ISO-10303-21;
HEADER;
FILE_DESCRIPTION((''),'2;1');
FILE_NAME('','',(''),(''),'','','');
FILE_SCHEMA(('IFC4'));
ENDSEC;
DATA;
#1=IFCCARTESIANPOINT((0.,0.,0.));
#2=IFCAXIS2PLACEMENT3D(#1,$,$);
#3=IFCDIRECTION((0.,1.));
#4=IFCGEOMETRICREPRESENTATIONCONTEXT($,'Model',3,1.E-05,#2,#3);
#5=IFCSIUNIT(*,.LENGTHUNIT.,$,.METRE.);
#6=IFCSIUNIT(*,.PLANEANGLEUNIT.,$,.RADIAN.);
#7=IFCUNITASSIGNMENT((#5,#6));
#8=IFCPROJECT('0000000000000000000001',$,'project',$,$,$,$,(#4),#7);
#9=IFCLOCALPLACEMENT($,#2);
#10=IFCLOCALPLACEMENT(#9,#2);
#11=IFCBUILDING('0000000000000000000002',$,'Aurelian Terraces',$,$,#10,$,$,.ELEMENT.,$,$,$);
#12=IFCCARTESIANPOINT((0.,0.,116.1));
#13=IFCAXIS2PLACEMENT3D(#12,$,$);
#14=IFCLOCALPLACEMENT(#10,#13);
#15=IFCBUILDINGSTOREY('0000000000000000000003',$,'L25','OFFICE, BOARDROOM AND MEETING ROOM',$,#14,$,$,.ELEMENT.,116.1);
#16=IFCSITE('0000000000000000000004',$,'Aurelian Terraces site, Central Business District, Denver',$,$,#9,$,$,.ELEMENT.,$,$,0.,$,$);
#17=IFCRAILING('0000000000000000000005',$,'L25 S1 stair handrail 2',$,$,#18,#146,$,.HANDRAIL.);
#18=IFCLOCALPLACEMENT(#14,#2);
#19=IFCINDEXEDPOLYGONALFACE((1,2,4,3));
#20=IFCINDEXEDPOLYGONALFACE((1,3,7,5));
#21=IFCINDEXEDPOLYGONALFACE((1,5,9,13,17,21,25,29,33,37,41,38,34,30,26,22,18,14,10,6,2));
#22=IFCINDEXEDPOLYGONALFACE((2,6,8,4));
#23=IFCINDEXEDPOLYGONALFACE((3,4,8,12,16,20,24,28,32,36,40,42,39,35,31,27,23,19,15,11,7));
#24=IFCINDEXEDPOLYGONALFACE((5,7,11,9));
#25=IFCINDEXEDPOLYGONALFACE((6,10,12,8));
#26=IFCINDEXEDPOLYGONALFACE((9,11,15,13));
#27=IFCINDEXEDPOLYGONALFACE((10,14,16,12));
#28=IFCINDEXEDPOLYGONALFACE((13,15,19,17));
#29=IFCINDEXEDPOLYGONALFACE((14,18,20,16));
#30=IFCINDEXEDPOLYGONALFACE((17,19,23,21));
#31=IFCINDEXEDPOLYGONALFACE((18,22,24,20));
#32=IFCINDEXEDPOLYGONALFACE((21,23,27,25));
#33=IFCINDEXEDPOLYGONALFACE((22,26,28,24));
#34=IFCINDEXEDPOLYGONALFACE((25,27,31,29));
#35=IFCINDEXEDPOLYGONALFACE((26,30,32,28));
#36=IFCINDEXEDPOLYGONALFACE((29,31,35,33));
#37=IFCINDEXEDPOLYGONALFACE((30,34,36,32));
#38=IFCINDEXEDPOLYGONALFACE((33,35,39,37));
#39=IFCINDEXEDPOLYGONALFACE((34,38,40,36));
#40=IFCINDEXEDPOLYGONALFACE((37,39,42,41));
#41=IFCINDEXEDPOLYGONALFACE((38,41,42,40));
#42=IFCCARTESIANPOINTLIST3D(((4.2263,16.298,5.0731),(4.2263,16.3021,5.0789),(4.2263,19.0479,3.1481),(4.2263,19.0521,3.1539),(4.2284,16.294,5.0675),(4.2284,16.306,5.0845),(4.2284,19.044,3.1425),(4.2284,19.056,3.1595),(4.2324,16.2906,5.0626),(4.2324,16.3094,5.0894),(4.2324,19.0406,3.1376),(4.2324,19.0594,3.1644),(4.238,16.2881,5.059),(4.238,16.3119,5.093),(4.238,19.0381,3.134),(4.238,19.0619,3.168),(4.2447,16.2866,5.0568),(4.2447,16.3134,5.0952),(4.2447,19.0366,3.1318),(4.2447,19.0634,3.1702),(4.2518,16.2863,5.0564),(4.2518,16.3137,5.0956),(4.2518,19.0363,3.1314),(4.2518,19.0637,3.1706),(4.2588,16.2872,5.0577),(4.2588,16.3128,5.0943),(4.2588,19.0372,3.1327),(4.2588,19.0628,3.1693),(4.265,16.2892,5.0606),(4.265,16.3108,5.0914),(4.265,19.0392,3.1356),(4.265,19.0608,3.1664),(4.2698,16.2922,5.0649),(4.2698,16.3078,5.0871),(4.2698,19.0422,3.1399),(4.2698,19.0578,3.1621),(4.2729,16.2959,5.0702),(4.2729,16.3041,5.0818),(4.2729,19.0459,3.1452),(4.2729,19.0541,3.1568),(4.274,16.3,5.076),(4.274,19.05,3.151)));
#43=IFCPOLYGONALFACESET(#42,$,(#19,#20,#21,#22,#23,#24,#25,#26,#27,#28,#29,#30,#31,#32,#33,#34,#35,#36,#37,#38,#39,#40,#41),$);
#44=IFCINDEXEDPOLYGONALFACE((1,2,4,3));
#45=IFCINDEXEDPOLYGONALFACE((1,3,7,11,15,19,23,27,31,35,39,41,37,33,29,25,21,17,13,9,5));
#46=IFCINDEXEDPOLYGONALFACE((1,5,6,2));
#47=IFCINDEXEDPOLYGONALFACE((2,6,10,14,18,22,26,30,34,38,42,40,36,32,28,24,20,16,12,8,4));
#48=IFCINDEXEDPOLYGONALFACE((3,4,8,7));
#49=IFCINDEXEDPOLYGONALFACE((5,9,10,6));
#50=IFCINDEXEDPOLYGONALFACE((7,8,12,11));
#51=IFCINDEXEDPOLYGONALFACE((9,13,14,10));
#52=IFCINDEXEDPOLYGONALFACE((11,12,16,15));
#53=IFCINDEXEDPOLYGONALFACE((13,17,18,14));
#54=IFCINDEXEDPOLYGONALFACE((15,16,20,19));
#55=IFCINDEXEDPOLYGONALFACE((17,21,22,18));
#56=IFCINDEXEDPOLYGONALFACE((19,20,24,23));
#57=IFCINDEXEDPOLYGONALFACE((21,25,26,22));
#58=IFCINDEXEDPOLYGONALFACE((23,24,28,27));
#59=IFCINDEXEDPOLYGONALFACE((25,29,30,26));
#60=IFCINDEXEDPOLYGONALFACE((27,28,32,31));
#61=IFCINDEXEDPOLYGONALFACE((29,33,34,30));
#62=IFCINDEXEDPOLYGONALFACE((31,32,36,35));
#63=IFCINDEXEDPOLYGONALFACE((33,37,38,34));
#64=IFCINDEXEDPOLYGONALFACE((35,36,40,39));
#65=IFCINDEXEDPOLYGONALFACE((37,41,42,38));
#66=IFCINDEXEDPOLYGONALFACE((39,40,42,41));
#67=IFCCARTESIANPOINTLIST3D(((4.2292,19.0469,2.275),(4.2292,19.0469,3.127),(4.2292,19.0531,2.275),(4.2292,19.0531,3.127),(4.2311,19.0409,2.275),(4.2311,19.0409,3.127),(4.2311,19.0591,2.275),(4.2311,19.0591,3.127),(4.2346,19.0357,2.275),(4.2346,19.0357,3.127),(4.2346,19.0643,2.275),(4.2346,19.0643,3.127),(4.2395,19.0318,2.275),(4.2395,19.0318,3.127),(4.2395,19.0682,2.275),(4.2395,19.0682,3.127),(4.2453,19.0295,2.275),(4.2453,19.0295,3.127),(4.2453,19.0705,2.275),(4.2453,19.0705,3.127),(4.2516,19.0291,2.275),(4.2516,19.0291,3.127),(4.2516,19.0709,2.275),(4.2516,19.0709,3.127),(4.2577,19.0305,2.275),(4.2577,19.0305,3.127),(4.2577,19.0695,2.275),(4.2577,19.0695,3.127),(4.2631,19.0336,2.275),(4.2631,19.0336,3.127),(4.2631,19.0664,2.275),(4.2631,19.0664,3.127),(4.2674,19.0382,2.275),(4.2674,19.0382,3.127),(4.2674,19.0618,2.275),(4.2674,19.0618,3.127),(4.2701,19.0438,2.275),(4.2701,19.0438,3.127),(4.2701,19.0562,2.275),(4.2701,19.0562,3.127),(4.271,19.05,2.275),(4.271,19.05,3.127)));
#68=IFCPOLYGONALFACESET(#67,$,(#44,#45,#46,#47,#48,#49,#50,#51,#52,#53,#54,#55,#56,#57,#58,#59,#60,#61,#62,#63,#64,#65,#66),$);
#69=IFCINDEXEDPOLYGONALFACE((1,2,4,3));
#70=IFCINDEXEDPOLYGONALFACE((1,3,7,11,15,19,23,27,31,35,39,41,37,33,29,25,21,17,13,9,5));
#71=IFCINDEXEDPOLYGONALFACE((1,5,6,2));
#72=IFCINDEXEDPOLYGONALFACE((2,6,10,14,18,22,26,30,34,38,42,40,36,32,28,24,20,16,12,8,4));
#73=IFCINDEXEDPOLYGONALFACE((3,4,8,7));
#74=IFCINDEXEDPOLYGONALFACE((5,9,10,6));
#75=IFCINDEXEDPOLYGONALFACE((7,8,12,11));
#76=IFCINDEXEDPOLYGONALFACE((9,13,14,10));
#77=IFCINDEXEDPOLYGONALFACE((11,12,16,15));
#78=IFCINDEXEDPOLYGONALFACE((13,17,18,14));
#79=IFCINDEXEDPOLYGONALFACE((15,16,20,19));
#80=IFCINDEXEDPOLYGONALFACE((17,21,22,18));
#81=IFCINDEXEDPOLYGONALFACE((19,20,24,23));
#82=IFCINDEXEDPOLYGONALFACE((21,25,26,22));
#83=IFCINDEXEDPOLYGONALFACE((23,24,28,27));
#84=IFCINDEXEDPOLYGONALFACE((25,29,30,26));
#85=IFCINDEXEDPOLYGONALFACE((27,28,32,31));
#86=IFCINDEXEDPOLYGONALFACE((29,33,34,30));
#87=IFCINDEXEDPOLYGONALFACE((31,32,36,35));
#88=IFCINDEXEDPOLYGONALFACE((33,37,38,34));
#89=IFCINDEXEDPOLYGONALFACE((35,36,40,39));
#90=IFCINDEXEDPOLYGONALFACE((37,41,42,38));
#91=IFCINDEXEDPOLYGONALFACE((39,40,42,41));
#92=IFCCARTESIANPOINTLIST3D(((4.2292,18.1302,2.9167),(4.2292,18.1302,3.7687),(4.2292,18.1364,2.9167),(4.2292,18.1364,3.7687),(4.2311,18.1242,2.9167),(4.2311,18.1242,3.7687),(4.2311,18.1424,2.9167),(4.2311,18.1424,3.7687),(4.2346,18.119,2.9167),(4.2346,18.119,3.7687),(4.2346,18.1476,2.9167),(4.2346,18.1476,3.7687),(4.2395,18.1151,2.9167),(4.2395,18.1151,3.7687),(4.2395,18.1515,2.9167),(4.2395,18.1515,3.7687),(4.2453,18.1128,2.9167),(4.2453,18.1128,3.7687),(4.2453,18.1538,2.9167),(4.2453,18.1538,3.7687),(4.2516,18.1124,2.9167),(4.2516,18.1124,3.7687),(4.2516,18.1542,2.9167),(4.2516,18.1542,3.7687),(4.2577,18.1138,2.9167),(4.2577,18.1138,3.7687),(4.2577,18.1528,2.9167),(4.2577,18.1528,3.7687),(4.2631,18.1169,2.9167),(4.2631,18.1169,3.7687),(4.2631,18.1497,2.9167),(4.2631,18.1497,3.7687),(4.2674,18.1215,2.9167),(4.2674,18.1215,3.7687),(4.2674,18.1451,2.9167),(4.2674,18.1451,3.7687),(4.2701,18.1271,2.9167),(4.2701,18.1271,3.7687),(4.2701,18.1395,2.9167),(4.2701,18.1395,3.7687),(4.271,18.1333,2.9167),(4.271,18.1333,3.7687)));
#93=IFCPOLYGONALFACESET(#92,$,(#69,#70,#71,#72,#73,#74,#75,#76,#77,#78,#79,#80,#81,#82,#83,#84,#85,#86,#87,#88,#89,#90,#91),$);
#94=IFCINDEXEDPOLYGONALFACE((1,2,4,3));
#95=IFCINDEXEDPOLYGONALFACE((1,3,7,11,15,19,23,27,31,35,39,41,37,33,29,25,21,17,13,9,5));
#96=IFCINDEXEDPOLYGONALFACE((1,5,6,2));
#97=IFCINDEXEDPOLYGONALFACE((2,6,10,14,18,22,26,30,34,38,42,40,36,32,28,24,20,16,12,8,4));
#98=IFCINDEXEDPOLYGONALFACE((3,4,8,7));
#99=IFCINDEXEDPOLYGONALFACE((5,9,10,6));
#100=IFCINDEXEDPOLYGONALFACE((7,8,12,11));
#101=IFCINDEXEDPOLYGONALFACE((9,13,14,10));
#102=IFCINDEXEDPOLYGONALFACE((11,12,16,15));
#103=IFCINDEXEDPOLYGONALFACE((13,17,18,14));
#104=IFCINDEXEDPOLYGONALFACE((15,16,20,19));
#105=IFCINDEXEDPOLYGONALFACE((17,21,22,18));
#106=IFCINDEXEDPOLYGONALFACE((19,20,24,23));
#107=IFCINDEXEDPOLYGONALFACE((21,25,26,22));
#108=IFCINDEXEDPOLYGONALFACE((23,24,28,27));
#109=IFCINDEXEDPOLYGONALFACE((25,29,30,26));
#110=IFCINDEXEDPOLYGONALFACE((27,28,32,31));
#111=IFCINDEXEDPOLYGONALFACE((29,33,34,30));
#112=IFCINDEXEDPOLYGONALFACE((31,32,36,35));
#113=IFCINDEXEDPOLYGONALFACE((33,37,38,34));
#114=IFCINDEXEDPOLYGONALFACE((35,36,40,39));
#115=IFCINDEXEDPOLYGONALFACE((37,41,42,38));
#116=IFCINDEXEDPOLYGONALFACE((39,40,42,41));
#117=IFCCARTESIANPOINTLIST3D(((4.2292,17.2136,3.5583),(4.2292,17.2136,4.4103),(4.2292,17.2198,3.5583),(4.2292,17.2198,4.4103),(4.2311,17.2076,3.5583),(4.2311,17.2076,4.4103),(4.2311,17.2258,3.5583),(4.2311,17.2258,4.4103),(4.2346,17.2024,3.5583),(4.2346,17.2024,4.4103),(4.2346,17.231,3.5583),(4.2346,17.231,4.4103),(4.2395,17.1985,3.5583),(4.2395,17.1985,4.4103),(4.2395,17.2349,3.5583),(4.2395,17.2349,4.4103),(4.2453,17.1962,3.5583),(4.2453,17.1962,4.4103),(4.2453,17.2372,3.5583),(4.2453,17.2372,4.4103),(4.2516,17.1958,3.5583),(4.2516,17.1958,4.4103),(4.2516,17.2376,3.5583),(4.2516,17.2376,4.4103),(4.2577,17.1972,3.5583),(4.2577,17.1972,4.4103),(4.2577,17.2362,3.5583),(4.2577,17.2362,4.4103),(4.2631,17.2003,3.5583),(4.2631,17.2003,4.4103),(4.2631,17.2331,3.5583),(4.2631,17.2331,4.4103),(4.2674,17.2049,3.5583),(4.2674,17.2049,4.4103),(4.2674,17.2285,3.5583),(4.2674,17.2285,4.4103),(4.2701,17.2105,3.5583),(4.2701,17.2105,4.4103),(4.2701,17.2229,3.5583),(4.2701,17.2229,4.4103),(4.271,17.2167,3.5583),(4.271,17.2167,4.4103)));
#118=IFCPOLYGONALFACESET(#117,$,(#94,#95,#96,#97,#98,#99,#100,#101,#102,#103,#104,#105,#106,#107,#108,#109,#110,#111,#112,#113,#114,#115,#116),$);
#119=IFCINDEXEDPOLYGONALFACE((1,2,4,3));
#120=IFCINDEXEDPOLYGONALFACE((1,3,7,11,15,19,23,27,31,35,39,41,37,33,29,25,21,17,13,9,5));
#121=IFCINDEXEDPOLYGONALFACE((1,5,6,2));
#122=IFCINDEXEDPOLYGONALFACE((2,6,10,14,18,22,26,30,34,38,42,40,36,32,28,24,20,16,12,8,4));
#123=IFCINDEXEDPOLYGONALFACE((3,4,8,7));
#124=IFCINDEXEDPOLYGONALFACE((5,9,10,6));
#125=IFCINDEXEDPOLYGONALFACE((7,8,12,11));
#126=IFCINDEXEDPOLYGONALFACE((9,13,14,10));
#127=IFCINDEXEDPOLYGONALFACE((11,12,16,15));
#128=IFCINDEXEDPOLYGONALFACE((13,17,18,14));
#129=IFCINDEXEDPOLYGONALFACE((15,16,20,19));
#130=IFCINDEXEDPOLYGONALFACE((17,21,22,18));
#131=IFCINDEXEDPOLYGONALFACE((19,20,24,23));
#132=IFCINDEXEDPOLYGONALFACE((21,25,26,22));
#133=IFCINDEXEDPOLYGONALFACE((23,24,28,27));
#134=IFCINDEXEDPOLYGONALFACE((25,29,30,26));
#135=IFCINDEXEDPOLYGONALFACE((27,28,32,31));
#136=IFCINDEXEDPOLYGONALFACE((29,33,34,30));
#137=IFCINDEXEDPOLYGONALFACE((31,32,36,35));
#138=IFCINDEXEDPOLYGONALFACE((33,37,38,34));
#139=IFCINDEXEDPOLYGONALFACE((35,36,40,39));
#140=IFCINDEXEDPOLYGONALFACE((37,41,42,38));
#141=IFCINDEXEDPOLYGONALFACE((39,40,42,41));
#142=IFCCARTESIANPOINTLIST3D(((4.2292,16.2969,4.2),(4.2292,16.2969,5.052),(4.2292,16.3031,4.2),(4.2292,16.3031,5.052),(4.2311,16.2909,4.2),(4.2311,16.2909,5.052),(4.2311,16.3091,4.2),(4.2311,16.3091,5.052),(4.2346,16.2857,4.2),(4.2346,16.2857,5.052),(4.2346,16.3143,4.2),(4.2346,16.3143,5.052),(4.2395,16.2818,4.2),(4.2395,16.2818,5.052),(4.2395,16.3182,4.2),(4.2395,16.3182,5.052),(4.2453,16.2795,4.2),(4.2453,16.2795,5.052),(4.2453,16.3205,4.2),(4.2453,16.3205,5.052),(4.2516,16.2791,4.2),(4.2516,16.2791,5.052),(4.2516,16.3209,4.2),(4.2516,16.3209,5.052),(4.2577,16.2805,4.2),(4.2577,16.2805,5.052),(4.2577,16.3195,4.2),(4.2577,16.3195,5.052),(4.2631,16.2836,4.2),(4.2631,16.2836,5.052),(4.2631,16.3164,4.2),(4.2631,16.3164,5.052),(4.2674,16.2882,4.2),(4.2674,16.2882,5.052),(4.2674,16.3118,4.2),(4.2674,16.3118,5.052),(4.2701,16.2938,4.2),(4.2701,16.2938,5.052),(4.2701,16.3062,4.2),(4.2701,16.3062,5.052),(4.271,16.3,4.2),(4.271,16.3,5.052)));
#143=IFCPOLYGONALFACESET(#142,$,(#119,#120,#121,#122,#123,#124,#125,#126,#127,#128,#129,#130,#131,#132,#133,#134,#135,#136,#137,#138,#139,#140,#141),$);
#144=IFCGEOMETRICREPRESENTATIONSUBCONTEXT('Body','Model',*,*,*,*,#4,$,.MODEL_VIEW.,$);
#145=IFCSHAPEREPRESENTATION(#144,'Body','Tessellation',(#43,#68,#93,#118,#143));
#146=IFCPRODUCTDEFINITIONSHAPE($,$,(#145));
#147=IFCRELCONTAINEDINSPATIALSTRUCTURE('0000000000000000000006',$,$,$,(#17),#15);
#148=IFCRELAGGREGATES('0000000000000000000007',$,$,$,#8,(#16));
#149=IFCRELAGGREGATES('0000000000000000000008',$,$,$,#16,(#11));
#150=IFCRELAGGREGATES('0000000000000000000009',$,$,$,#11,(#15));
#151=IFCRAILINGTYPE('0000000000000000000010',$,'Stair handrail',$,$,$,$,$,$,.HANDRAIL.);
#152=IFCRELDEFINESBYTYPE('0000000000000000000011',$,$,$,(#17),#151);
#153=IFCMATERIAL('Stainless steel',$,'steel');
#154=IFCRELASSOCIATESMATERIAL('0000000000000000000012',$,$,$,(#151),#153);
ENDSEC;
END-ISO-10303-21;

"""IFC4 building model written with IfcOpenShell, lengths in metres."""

from ifc_helpers import new_model, si_unit, direction, frame, origin, origin_2d, place, context, subcontext, project, spatial, circle, extrude, source, transform, mapped, material, type_object, element, save


model = new_model("IFC4")

# Units and contexts
model_context = context("Model", 3, precision=1e-05, world=origin(), true_north=direction((0.0, 1.0)))
body_context = subcontext(model_context, "Body", "Model", "MODEL_VIEW")
ifc_project = project(units=[si_unit("LENGTHUNIT", "METRE"), si_unit("PLANEANGLEUNIT", "RADIAN")], contexts=[model_context])

# Site, building, storey
site_placement = place(None, origin())
site = spatial("IfcSite", under=ifc_project, at=site_placement, Name="Aurelian Terraces site, Central Business District, Denver", CompositionType="ELEMENT", RefElevation=0.0)
building_placement = place(site_placement, origin())
building = spatial("IfcBuilding", under=site, at=building_placement, Name="Aurelian Terraces", CompositionType="ELEMENT")
storey_placement = place(building_placement, frame((0.0, 0.0, 116.1)))
storey = spatial("IfcBuildingStorey", under=building, at=storey_placement, Name="L25", Description="OFFICE, BOARDROOM AND MEETING ROOM", CompositionType="ELEMENT", Elevation=116.1)

# Railing
ifc_material_1 = material(Name="Stainless steel", Category="steel")
railing_type_1 = type_object("IfcRailingType", Name="Stair handrail", PredefinedType="HANDRAIL", material=ifc_material_1)
shared_shape_1 = source(origin(), body_context, "Body", "SweptSolid", [
    extrude(circle(Radius=0.024, at=origin_2d()), frame((0.0, 0.0, 0.876), z_axis=(0.0, -0.819232, 0.573462), x_axis=(1.0, 0.0, 0.0)), (0.0, 0.0, 1.0), 3.3568),
    extrude(circle(Radius=0.021, at=origin_2d()), origin(), (0.0, 0.0, 1.0), 0.852),
    extrude(circle(Radius=0.021, at=origin_2d()), frame((0.0, -0.9167, 0.6417)), (0.0, 0.0, 1.0), 0.852),
    extrude(circle(Radius=0.021, at=origin_2d()), frame((0.0, -1.8333, 1.2833)), (0.0, 0.0, 1.0), 0.852),
    extrude(circle(Radius=0.021, at=origin_2d()), frame((0.0, -2.75, 1.925)), (0.0, 0.0, 1.0), 0.852),
])
railing_1_placement = place(storey_placement, frame((4.25, 19.05, 2.275)))
element("IfcRailing", 1, at=railing_1_placement, inside=storey, type_object=railing_type_1, Name="L25 S1 stair handrail 2", PredefinedType="HANDRAIL", context=body_context, shape_type="MappedRepresentation", body=[
    mapped(shared_shape_1, transform((0.0, 0.0, 0.0), scale=1.0)),
])

save(model, "model.ifc")
